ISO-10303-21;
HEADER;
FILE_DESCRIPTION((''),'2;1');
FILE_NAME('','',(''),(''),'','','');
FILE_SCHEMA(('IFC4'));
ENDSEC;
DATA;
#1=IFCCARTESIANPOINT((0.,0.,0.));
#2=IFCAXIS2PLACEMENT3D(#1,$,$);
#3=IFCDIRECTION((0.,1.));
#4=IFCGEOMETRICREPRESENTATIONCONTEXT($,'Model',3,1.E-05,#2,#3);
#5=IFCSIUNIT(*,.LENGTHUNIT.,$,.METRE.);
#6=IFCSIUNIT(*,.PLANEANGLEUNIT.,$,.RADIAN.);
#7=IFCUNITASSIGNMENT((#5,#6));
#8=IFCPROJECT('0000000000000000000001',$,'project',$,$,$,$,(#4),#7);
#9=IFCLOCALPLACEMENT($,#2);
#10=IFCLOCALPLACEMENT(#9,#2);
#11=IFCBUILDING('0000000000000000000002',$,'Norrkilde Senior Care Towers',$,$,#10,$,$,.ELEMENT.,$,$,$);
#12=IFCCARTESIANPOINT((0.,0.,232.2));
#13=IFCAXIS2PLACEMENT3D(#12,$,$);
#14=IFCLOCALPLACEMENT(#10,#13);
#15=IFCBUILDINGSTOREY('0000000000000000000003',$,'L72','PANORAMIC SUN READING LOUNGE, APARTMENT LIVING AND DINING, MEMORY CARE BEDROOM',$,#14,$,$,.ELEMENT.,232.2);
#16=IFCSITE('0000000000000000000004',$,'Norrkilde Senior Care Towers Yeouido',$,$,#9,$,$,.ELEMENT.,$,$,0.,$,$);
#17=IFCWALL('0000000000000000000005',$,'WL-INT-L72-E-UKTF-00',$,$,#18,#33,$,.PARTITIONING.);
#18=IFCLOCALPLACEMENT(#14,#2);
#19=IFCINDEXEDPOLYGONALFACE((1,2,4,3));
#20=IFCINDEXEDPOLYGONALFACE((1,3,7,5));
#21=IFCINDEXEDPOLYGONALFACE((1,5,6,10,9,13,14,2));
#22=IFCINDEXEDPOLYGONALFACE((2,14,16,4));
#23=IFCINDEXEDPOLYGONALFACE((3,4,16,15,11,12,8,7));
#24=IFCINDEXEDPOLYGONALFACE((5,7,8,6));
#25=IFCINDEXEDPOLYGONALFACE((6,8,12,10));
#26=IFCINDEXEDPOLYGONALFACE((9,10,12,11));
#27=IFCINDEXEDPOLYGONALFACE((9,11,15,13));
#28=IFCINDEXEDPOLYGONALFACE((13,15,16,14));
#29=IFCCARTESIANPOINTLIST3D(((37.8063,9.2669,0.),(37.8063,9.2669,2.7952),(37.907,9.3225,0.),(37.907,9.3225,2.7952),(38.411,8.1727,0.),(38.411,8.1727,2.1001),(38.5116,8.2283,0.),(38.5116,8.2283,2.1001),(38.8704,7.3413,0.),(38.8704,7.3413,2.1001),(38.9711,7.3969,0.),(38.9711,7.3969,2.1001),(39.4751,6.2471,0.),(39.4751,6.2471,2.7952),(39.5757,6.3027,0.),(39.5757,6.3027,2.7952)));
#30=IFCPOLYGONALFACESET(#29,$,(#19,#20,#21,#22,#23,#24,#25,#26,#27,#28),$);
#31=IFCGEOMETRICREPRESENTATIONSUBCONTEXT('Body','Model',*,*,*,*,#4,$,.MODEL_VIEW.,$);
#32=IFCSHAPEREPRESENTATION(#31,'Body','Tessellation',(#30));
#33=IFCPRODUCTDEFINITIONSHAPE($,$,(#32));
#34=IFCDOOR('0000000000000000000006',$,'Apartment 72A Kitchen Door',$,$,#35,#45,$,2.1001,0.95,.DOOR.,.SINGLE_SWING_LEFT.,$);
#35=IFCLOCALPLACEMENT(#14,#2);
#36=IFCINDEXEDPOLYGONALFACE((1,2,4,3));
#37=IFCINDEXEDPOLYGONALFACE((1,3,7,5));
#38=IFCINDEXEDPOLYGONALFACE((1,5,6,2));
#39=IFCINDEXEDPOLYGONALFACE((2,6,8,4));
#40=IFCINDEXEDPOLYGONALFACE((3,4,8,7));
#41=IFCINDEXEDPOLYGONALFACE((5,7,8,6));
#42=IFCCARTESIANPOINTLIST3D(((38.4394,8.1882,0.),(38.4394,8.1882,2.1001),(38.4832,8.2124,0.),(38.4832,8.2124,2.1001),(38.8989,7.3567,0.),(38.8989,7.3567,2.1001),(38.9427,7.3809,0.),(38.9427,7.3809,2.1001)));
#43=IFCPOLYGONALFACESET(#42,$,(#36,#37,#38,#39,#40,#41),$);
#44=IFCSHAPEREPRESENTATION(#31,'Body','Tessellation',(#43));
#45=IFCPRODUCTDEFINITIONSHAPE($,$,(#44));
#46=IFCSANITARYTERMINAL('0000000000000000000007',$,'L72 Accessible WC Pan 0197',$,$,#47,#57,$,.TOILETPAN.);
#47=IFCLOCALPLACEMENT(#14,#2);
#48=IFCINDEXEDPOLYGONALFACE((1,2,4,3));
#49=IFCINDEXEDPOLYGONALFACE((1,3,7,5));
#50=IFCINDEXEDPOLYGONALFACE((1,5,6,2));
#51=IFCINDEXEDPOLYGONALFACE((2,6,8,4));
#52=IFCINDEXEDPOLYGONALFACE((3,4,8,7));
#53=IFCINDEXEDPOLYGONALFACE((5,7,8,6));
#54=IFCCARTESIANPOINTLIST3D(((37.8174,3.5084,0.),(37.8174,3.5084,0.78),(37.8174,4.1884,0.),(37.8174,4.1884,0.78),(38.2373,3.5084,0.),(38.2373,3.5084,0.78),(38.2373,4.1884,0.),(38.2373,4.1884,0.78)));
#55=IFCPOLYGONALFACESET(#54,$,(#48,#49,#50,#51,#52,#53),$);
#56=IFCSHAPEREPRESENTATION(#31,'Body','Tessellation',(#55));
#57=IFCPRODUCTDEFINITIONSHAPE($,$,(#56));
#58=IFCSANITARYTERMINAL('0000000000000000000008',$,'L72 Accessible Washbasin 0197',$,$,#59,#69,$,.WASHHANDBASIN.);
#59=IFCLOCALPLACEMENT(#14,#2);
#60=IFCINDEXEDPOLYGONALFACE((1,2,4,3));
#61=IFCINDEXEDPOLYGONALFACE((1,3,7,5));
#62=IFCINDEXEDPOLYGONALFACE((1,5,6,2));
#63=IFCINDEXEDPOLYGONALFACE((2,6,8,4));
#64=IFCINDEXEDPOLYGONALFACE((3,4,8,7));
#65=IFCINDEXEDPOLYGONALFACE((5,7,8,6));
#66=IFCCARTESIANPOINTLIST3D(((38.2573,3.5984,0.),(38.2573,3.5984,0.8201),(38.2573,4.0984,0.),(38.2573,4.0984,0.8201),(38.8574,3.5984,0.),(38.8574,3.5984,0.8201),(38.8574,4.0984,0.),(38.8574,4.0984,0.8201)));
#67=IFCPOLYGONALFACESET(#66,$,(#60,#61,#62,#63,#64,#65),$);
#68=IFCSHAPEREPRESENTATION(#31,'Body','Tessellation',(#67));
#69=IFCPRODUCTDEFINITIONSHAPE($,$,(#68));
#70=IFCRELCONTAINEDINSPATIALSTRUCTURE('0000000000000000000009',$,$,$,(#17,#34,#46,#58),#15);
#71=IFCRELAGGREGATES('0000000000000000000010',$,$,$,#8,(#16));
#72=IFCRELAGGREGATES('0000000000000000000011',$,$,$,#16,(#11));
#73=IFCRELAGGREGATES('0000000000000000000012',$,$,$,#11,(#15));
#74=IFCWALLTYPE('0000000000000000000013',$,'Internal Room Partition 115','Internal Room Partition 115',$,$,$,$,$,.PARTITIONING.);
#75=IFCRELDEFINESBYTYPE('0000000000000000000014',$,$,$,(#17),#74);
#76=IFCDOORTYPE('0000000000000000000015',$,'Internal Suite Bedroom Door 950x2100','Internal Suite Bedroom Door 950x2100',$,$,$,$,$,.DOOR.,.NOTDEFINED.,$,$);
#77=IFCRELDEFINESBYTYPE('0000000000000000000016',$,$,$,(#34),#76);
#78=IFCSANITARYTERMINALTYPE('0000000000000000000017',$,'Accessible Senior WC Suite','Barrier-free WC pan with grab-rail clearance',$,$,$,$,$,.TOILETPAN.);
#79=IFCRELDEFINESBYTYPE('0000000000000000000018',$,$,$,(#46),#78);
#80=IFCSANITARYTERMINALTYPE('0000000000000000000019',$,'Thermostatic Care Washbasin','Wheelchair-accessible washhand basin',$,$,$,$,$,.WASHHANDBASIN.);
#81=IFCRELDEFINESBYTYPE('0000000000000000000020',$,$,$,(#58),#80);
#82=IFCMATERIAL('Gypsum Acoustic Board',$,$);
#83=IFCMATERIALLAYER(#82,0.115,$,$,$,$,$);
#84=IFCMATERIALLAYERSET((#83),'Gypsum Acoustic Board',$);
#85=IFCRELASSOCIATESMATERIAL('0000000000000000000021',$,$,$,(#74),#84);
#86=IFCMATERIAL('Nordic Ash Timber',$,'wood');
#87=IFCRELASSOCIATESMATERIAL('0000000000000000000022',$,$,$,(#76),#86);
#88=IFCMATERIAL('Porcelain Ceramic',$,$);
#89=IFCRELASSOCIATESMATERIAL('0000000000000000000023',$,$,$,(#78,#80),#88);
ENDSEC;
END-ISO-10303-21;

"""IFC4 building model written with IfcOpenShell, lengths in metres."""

from ifc_helpers import new_model, si_unit, direction, frame, frame_2d, origin, origin_2d, place, context, subcontext, project, spatial, rectangle, extrude, source, transform, mapped, material, layer, layer_set, type_object, type_shapes, element, fill, save


model = new_model("IFC4")

# Units and contexts
model_context = context("Model", 3, precision=1e-05, world=origin(), true_north=direction((0.0, 1.0)))
body_context = subcontext(model_context, "Body", "Model", "MODEL_VIEW")
ifc_project = project(units=[si_unit("LENGTHUNIT", "METRE"), si_unit("PLANEANGLEUNIT", "RADIAN")], contexts=[model_context])

# Site, building, storey
site_placement = place(None, origin())
site = spatial("IfcSite", under=ifc_project, at=site_placement, Name="Norrkilde Senior Care Towers Yeouido", CompositionType="ELEMENT", RefElevation=0.0)
building_placement = place(site_placement, origin())
building = spatial("IfcBuilding", under=site, at=building_placement, Name="Norrkilde Senior Care Towers", CompositionType="ELEMENT")
storey_placement = place(building_placement, frame((0.0, 0.0, 232.2)))
storey = spatial("IfcBuildingStorey", under=building, at=storey_placement, Name="L72", Description="PANORAMIC SUN READING LOUNGE, APARTMENT LIVING AND DINING, MEMORY CARE BEDROOM", CompositionType="ELEMENT", Elevation=232.2)

# Shared definitions
ifc_material_1 = material(Name="Gypsum Acoustic Board")

# Shared definitions
ifc_material_2 = material(Name="Nordic Ash Timber", Category="wood")

# Shared definitions
ifc_layer_1 = layer(ifc_material_1, 0.115)
ifc_layer_set_1 = layer_set([ifc_layer_1], Name="Gypsum Acoustic Board")
wall_type_1 = type_object("IfcWallType", Name="Internal Room Partition 115", Description="Internal Room Partition 115", PredefinedType="PARTITIONING", material=ifc_layer_set_1)

# Wall, opening, door
shared_shape_1 = source(origin(), body_context, "Body", "SweptSolid", [
    extrude(rectangle(XDim=3.4502, YDim=0.115, at=frame_2d((1.7251, 0.0))), origin(), (0.0, 0.0, 1.0), 2.7952),
])
wall_1_placement = place(storey_placement, frame((39.5254, 6.2749, 0.0), z_axis=(0.0, 0.0, 1.0), x_axis=(-0.483659, 0.875257, 0.0)))
wall_1 = element("IfcWall", 1, at=wall_1_placement, inside=storey, type_object=wall_type_1, Name="WL-INT-L72-E-UKTF-00", PredefinedType="PARTITIONING", context=body_context, shape_type="MappedRepresentation", body=[
    mapped(shared_shape_1, transform((0.0, 0.0, 0.0), x_axis=(1.0, 0.0, 0.0), y_axis=(0.0, 1.0, 0.0), z_axis=(0.0, 0.0, 1.0), scale=1.0)),
])
opening_1_placement = place(wall_1_placement, frame((1.25, 0.0, 0.0)))
opening_1 = element("IfcOpeningElement", 2, at=opening_1_placement, cuts=wall_1, PredefinedType="OPENING", context=body_context, shape_type="SweptSolid", body=[
    extrude(rectangle(XDim=0.95, YDim=2.1001, at=frame_2d((0.4751, 1.05))), frame((0.0, 0.0674, 0.0), z_axis=(0.0, -1.0, 0.0), x_axis=(1.0, 0.0, 0.0)), (0.0, 0.0, 1.0), 0.135),
])
door_type_1 = type_object("IfcDoorType", Name="Internal Suite Bedroom Door 950x2100", Description="Internal Suite Bedroom Door 950x2100", OperationType="NOTDEFINED", PredefinedType="DOOR", material=ifc_material_2)
shared_shape_2 = source(origin(), body_context, "Body", "SweptSolid", [
    extrude(rectangle(XDim=0.95, YDim=2.1001, at=frame_2d((0.4751, 1.05))), frame((0.0, 0.0249, 0.0), z_axis=(0.0, -1.0, 0.0), x_axis=(1.0, 0.0, 0.0)), (0.0, 0.0, 1.0), 0.05),
])
type_shapes(door_type_1, [shared_shape_2])
door_1_placement = place(opening_1_placement, frame((0.95, 0.0, 0.0), z_axis=(0.0, 0.0, 1.0), x_axis=(-1.0, 0.0, 0.0)))
door_1 = element("IfcDoor", 3, at=door_1_placement, inside=storey, type_object=door_type_1, Name="Apartment 72A Kitchen Door", OperationType="SINGLE_SWING_LEFT", OverallHeight=2.1001, OverallWidth=0.95, PredefinedType="DOOR", context=body_context, shape_type="MappedRepresentation", body=[
    mapped(shared_shape_2, transform((0.0, 0.0, 0.0), x_axis=(1.0, 0.0, 0.0), y_axis=(0.0, 1.0, 0.0), z_axis=(0.0, 0.0, 1.0), scale=1.0)),
])
fill(opening_1, door_1)

# Sanitary terminals
ifc_material_3 = material(Name="Porcelain Ceramic")
sanitary_terminal_type_1 = type_object("IfcSanitaryTerminalType", Name="Accessible Senior WC Suite", Description="Barrier-free WC pan with grab-rail clearance", PredefinedType="TOILETPAN", material=ifc_material_3)
shared_shape_3 = source(origin(), body_context, "Body", "SweptSolid", [
    extrude(rectangle(XDim=0.4199, YDim=0.6799, at=origin_2d()), origin(), (0.0, 0.0, 1.0), 0.78),
])
type_shapes(sanitary_terminal_type_1, [shared_shape_3])
sanitary_terminal_1_placement = place(storey_placement, frame((38.0273, 3.8484, 0.0), z_axis=(0.0, 0.0, 1.0), x_axis=(1.0, 0.0, 0.0)))
element("IfcSanitaryTerminal", 4, at=sanitary_terminal_1_placement, inside=storey, type_object=sanitary_terminal_type_1, Name="L72 Accessible WC Pan 0197", PredefinedType="TOILETPAN", context=body_context, shape_type="MappedRepresentation", body=[
    mapped(shared_shape_3, transform((0.0, 0.0, 0.0), x_axis=(1.0, 0.0, 0.0), y_axis=(0.0, 1.0, 0.0), z_axis=(0.0, 0.0, 1.0), scale=1.0)),
])
sanitary_terminal_type_2 = type_object("IfcSanitaryTerminalType", Name="Thermostatic Care Washbasin", Description="Wheelchair-accessible washhand basin", PredefinedType="WASHHANDBASIN", material=ifc_material_3)
shared_shape_4 = source(origin(), body_context, "Body", "SweptSolid", [
    extrude(rectangle(XDim=0.6001, YDim=0.5, at=origin_2d()), origin(), (0.0, 0.0, 1.0), 0.8201),
])
type_shapes(sanitary_terminal_type_2, [shared_shape_4])
sanitary_terminal_2_placement = place(storey_placement, frame((38.5574, 3.8484, 0.0), z_axis=(0.0, 0.0, 1.0), x_axis=(1.0, 0.0, 0.0)))
element("IfcSanitaryTerminal", 5, at=sanitary_terminal_2_placement, inside=storey, type_object=sanitary_terminal_type_2, Name="L72 Accessible Washbasin 0197", PredefinedType="WASHHANDBASIN", context=body_context, shape_type="MappedRepresentation", body=[
    mapped(shared_shape_4, transform((0.0, 0.0, 0.0), x_axis=(1.0, 0.0, 0.0), y_axis=(0.0, 1.0, 0.0), z_axis=(0.0, 0.0, 1.0), scale=1.0)),
])

save(model, "model.ifc")
